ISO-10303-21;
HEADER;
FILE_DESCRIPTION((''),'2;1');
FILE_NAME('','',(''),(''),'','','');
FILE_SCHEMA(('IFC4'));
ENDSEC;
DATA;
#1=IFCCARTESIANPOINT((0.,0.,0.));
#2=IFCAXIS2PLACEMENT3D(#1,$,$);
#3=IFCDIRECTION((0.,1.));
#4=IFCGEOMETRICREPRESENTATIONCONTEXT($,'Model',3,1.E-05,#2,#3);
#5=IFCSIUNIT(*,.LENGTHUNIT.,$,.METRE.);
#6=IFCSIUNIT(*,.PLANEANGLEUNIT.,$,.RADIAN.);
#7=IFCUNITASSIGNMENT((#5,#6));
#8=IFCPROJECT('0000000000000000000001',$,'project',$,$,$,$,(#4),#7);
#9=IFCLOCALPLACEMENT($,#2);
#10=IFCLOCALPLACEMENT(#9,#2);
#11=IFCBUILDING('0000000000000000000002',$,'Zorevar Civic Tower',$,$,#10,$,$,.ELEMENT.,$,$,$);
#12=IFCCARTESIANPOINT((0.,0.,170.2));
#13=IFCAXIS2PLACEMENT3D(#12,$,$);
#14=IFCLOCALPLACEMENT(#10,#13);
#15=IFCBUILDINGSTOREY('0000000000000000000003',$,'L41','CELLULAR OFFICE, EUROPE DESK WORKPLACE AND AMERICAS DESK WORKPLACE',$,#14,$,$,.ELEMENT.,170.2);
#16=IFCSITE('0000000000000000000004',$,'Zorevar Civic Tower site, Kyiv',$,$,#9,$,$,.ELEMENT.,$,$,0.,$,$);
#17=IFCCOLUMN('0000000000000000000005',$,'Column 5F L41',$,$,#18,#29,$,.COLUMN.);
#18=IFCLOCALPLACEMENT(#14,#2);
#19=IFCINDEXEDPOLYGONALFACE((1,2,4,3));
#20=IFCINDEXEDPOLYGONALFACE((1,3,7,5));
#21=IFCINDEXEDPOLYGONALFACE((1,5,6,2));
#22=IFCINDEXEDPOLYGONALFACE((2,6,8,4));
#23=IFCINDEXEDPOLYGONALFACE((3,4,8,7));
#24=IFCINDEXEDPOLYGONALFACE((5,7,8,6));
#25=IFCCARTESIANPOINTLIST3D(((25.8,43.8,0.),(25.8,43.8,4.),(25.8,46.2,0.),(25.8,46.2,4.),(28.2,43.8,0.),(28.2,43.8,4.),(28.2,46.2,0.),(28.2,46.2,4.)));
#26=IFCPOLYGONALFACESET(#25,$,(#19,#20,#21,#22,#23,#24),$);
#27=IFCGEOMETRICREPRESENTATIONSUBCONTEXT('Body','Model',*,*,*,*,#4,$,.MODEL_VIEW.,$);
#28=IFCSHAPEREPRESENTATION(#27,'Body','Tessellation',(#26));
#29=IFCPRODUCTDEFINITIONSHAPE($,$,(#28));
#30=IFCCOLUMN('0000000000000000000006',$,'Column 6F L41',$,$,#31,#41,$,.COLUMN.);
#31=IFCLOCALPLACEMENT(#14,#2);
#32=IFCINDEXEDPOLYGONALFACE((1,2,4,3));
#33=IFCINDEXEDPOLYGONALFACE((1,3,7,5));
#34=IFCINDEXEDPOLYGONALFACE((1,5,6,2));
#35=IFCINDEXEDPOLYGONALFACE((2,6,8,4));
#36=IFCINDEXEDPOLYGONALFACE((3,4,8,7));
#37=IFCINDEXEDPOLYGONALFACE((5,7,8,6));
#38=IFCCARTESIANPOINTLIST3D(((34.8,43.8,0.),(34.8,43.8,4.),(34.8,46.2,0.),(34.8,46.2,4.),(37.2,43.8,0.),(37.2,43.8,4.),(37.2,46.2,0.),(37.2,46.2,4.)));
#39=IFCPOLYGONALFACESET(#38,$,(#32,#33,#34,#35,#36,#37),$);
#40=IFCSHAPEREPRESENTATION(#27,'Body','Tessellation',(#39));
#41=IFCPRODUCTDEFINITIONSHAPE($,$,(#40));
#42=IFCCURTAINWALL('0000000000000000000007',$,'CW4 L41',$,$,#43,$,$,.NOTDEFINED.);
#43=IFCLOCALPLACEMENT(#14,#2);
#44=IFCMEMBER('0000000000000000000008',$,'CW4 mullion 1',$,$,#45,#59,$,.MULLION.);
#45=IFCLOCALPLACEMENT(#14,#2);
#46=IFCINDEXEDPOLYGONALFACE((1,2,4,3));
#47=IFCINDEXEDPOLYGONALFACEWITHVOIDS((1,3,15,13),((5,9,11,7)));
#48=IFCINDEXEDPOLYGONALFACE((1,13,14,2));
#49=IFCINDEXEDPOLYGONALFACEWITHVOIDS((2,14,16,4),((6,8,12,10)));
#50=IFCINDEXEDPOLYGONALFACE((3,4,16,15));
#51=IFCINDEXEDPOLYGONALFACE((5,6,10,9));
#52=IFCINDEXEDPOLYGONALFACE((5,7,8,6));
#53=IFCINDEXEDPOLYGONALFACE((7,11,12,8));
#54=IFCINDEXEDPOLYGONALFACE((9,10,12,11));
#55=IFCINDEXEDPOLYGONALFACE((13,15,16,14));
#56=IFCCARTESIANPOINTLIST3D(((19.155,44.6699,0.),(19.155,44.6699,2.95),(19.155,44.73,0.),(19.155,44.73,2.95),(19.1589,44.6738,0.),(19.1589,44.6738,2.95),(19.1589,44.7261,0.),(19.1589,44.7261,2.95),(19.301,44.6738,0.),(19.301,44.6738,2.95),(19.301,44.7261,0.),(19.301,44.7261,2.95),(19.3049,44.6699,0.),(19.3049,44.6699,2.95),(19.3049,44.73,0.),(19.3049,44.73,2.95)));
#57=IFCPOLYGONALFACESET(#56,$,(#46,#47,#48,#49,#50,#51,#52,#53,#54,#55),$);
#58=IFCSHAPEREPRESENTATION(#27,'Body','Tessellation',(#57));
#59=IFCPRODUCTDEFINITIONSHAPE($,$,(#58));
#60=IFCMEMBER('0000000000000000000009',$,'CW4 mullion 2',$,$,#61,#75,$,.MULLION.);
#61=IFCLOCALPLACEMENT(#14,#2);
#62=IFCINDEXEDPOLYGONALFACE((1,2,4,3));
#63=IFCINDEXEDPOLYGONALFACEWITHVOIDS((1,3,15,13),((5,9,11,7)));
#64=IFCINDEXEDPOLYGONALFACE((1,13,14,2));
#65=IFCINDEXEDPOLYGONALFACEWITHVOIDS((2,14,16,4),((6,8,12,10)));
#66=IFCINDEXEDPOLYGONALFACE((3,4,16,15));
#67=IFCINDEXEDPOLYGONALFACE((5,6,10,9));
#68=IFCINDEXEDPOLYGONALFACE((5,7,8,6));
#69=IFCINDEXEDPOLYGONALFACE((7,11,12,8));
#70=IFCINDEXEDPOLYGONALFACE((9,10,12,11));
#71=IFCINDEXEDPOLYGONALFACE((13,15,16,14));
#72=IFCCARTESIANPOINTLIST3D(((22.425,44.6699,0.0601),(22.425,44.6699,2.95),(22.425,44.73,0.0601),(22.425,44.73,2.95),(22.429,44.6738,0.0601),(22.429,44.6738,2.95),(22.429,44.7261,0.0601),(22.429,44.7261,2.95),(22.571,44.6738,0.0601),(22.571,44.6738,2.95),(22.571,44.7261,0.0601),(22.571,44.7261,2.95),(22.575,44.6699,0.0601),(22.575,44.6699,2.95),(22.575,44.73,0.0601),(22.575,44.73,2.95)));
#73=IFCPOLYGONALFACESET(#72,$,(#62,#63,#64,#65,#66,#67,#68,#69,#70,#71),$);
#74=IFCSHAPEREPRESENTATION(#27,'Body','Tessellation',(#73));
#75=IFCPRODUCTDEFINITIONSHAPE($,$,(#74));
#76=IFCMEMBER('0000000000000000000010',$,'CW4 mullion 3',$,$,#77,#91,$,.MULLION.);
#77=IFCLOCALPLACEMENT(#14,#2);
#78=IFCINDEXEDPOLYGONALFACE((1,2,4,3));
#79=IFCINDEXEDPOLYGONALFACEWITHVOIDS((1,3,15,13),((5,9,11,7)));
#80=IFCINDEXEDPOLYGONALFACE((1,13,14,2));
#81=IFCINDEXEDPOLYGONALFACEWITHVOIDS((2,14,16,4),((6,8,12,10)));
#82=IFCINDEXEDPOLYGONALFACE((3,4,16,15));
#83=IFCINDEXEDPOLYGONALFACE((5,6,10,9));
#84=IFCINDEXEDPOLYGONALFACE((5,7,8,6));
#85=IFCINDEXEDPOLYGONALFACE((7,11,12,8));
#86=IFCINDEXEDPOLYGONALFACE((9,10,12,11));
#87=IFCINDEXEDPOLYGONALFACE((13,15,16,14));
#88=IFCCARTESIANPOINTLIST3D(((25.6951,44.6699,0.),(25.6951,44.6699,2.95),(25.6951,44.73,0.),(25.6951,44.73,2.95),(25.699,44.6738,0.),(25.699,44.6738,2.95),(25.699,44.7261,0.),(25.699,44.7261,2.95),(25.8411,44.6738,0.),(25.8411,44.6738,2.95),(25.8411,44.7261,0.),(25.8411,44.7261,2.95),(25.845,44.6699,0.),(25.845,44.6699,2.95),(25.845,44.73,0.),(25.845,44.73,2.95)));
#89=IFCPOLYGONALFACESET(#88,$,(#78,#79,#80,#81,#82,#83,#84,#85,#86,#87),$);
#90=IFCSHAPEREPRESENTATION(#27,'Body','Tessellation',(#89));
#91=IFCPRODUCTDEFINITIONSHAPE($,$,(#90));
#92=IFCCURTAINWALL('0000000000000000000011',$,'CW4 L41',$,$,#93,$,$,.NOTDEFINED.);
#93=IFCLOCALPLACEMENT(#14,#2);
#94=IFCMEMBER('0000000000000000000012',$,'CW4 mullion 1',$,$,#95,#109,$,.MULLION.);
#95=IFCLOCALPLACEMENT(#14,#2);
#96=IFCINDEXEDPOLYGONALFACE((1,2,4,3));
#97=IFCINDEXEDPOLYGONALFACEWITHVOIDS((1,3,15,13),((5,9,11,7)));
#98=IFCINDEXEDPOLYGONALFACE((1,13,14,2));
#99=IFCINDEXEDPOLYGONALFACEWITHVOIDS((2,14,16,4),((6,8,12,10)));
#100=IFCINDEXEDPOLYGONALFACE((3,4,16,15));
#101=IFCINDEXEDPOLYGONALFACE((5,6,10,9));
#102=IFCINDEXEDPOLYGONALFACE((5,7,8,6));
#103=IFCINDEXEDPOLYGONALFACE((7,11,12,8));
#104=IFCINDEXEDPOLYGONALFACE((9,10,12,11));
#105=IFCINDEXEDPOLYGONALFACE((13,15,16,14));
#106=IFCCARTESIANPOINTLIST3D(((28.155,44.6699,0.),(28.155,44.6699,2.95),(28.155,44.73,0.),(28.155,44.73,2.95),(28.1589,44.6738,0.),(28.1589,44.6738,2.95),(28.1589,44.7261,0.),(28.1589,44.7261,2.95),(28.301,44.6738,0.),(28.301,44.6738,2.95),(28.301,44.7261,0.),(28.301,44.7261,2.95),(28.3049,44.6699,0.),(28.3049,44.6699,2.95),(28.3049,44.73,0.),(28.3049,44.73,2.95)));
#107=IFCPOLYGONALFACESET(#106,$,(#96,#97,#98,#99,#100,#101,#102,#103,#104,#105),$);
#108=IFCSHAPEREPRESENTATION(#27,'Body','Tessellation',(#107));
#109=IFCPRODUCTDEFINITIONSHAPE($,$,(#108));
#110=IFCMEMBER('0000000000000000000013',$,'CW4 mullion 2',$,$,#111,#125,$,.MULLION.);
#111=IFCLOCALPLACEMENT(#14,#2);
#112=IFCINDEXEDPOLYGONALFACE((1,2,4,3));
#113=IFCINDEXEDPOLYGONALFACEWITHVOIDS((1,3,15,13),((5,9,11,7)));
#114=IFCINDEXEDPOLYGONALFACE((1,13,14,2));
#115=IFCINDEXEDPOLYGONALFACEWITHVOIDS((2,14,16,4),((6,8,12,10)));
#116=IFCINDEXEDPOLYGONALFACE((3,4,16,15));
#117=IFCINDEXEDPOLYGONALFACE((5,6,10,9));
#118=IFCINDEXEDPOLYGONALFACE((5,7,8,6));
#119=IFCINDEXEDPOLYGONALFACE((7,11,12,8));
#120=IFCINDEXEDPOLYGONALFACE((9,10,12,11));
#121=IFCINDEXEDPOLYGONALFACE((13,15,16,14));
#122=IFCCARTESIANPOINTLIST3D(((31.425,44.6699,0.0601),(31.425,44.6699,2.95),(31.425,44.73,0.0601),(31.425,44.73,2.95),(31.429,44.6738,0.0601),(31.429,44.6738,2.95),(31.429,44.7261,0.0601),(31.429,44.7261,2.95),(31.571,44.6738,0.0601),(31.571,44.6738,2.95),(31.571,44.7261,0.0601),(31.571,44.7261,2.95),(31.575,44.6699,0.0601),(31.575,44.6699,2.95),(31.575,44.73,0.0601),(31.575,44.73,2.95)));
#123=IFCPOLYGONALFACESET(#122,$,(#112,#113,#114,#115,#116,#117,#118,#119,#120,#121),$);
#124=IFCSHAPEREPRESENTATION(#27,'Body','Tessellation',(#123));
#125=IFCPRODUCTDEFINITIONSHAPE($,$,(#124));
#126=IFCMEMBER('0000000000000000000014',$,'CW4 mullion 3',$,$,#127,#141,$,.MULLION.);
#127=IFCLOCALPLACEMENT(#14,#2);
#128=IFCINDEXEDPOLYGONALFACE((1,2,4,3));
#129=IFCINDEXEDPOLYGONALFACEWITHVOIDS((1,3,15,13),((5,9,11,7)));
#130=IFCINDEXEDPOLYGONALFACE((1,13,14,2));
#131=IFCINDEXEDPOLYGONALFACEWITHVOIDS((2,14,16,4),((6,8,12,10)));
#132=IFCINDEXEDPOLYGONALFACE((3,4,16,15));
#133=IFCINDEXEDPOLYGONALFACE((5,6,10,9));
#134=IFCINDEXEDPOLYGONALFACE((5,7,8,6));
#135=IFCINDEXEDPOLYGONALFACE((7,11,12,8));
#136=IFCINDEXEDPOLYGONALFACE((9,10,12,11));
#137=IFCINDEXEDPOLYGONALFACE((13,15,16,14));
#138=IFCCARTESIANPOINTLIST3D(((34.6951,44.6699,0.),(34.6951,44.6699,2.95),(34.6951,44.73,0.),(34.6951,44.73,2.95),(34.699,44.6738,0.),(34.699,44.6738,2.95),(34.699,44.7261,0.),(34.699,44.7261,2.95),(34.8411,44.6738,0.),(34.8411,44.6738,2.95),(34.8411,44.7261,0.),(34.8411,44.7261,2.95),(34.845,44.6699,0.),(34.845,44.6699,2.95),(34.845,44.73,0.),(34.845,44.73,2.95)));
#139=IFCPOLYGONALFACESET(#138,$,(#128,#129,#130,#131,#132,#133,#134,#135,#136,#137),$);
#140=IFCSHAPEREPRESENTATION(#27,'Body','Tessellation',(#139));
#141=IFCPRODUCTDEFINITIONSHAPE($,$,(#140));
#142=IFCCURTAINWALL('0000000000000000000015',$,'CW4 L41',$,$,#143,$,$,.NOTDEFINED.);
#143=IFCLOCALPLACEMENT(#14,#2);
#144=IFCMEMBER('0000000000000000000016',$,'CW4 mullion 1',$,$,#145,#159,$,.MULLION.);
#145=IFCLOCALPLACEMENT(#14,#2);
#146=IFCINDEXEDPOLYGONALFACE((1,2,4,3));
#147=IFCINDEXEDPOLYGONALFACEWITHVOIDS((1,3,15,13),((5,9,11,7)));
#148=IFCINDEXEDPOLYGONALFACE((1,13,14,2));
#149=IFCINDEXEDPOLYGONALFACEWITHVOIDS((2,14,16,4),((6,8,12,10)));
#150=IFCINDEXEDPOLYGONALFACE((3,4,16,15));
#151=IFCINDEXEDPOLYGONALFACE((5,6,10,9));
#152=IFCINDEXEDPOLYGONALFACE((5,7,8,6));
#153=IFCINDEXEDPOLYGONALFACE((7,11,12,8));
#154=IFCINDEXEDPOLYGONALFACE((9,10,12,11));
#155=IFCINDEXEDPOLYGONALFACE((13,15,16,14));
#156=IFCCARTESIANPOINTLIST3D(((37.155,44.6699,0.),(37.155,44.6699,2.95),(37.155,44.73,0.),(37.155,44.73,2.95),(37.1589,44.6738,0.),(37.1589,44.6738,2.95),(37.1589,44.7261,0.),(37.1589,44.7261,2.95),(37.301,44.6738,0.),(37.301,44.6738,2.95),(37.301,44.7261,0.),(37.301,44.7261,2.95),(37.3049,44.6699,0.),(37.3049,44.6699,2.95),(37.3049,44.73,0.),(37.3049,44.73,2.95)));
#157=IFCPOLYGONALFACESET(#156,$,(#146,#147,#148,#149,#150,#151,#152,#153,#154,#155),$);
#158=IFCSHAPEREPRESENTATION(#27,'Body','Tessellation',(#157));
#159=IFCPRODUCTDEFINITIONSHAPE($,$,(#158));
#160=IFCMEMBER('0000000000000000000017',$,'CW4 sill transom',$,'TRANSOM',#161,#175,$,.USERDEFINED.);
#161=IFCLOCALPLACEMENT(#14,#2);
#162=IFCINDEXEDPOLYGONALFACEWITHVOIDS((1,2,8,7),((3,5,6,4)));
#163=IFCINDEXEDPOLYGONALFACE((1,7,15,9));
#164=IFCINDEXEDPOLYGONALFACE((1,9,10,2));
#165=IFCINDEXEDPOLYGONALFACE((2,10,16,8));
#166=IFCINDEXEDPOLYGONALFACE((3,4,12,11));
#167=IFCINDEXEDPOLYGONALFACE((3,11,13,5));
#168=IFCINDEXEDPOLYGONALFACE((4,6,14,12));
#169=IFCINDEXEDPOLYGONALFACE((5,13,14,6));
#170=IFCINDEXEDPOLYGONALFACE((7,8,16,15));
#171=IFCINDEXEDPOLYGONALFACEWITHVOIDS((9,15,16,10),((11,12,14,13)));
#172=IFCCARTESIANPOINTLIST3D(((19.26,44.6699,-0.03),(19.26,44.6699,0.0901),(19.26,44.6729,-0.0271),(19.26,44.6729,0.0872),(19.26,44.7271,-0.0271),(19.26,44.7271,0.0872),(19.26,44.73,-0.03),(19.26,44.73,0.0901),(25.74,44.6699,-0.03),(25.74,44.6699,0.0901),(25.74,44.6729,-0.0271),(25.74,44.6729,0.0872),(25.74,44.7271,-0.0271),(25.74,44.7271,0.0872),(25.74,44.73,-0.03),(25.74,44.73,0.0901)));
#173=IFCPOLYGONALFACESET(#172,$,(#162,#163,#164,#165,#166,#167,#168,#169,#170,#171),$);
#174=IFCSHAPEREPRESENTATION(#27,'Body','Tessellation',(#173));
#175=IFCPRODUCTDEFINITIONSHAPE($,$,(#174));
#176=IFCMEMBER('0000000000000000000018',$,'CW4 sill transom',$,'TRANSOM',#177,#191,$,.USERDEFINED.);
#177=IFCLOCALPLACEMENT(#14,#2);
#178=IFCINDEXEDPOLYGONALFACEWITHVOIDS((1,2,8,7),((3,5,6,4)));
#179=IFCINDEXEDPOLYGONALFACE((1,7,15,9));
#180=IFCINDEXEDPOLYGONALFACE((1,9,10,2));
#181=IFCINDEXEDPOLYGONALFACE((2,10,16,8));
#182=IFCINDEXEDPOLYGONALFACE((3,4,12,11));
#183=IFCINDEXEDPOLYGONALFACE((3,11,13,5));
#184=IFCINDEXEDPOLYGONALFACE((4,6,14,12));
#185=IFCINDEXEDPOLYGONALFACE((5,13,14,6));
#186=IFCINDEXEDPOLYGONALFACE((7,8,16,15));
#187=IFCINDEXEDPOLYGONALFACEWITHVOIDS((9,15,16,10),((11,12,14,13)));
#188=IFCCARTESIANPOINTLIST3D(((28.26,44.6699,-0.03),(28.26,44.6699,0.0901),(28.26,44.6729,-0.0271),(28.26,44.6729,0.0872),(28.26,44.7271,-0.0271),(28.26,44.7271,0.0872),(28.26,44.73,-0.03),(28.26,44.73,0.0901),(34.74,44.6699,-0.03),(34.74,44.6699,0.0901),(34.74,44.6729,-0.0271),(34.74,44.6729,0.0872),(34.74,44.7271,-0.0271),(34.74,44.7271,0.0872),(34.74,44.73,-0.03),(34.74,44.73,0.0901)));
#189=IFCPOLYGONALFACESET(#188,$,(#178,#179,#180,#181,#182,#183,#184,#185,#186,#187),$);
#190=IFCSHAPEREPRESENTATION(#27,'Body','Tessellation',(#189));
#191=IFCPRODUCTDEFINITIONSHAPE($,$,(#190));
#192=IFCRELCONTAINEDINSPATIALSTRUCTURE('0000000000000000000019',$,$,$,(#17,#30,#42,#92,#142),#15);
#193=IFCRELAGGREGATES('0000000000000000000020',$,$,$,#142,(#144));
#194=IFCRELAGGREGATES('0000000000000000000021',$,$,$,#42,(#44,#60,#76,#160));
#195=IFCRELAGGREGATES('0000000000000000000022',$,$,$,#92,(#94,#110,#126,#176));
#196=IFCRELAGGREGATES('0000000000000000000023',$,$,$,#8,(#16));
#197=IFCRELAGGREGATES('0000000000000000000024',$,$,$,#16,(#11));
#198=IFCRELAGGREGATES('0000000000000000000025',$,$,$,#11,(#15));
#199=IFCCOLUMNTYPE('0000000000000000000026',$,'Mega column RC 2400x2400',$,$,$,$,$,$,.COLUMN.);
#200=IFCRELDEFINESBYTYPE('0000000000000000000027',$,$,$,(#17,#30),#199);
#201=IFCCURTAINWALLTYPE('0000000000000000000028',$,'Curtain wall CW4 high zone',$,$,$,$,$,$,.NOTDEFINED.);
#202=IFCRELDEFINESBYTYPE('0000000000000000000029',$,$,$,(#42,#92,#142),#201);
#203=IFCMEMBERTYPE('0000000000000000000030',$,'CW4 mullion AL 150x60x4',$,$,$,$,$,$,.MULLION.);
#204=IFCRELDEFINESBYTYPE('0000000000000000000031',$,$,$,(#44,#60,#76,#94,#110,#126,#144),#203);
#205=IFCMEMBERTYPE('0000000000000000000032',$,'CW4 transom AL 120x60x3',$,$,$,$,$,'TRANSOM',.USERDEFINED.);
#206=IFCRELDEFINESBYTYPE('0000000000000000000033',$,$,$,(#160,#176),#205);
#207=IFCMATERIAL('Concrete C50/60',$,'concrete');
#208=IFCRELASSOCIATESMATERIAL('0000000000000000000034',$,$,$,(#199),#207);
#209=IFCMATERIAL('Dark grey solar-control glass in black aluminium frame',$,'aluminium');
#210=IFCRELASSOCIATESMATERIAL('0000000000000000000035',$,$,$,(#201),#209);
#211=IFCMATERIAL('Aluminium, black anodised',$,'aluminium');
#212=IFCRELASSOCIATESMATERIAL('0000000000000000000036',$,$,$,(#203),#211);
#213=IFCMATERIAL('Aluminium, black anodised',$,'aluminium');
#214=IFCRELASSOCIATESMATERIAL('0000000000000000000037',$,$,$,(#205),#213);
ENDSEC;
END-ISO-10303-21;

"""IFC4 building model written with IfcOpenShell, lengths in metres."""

from ifc_helpers import new_model, si_unit, direction, frame, origin, origin_2d, place, context, subcontext, project, spatial, rectangle, hollow_rectangle, extrude, material, material_profile, profile_set, type_object, element, aggregate, save


model = new_model("IFC4")

# Units and contexts
model_context = context("Model", 3, precision=1e-05, world=origin(), true_north=direction((0.0, 1.0)))
body_context = subcontext(model_context, "Body", "Model", "MODEL_VIEW")
ifc_project = project(units=[si_unit("LENGTHUNIT", "METRE"), si_unit("PLANEANGLEUNIT", "RADIAN")], contexts=[model_context])

# Site, building, storey
site_placement = place(None, origin())
site = spatial("IfcSite", under=ifc_project, at=site_placement, Name="Zorevar Civic Tower site, Kyiv", CompositionType="ELEMENT", RefElevation=0.0)
building_placement = place(site_placement, origin())
building = spatial("IfcBuilding", under=site, at=building_placement, Name="Zorevar Civic Tower", CompositionType="ELEMENT")
storey_placement = place(building_placement, frame((0.0, 0.0, 170.2)))
storey = spatial("IfcBuildingStorey", under=building, at=storey_placement, Name="L41", Description="CELLULAR OFFICE, EUROPE DESK WORKPLACE AND AMERICAS DESK WORKPLACE", CompositionType="ELEMENT", Elevation=170.2)

# Columns
ifc_material_1 = material(Name="Concrete C50/60", Category="concrete")
ifc_material_profile_1 = material_profile(ifc_material_1, rectangle(XDim=2.3999, YDim=2.3999, at=origin_2d()), Name="RC 2400x2400")
ifc_profile_set_1 = profile_set([ifc_material_profile_1], Name="Concrete C50/60")
column_type = type_object("IfcColumnType", Name="Mega column RC 2400x2400", PredefinedType="COLUMN", material=ifc_profile_set_1)
for number, where, z_axis, x_axis, name in (
    (1, (27.0, 45.0, 0.0), (0.0, 0.0, 1.0), (1.0, 0.0, 0.0), "Column 5F L41"),
    (2, (36.0, 45.0, 0.0), (0.0, 0.0, 1.0), (1.0, 0.0, 0.0), "Column 6F L41"),
):
    element("IfcColumn", number, at=place(storey_placement, frame(where, z_axis=z_axis, x_axis=x_axis)), inside=storey, type_object=column_type, Name=name, PredefinedType="COLUMN", context=body_context, shape_type="SweptSolid", body=[
        extrude(rectangle(XDim=2.3999, YDim=2.3999, at=origin_2d()), origin(), (0.0, 0.0, 1.0), 4.0),
    ])

# Curtain walls, members
ifc_material_2 = material(Name="Dark grey solar-control glass in black aluminium frame", Category="aluminium")
curtain_wall_type = type_object("IfcCurtainWallType", Name="Curtain wall CW4 high zone", PredefinedType="NOTDEFINED", material=ifc_material_2)
curtain_wall_1_placement = place(storey_placement, origin())
curtain_wall_1 = element("IfcCurtainWall", 3, at=curtain_wall_1_placement, inside=storey, type_object=curtain_wall_type, Name="CW4 L41", PredefinedType="NOTDEFINED")
ifc_material_3 = material(Name="Aluminium, black anodised", Category="aluminium")
ifc_material_profile_2 = material_profile(ifc_material_3, hollow_rectangle(XDim=0.0601, YDim=0.1499, WallThickness=0.0039, at=origin_2d()), Name="AL 150x60x4")
ifc_profile_set_2 = profile_set([ifc_material_profile_2], Name="Aluminium, black anodised")
member_type_1 = type_object("IfcMemberType", Name="CW4 mullion AL 150x60x4", PredefinedType="MULLION", material=ifc_profile_set_2)
member_1_placement = place(storey_placement, frame((19.23, 44.7, 0.0), z_axis=(0.0, 0.0, 1.0), x_axis=(0.0, 1.0, 0.0)))
member_1 = element("IfcMember", 4, at=member_1_placement, type_object=member_type_1, Name="CW4 mullion 1", PredefinedType="MULLION", context=body_context, shape_type="SweptSolid", body=[
    extrude(hollow_rectangle(XDim=0.0601, YDim=0.1499, WallThickness=0.0039, at=origin_2d()), origin(), (0.0, 0.0, 1.0), 2.95),
])
member_2_placement = place(storey_placement, frame((22.5, 44.7, 0.0601), z_axis=(0.0, 0.0, 1.0), x_axis=(0.0, 1.0, 0.0)))
member_2 = element("IfcMember", 5, at=member_2_placement, type_object=member_type_1, Name="CW4 mullion 2", PredefinedType="MULLION", context=body_context, shape_type="SweptSolid", body=[
    extrude(hollow_rectangle(XDim=0.0601, YDim=0.1499, WallThickness=0.0039, at=origin_2d()), origin(), (0.0, 0.0, 1.0), 2.8899),
])
member_3_placement = place(storey_placement, frame((25.77, 44.7, 0.0), z_axis=(0.0, 0.0, 1.0), x_axis=(0.0, 1.0, 0.0)))
member_3 = element("IfcMember", 6, at=member_3_placement, type_object=member_type_1, Name="CW4 mullion 3", PredefinedType="MULLION", context=body_context, shape_type="SweptSolid", body=[
    extrude(hollow_rectangle(XDim=0.0601, YDim=0.1499, WallThickness=0.0039, at=origin_2d()), origin(), (0.0, 0.0, 1.0), 2.95),
])
curtain_wall_2_placement = place(storey_placement, origin())
curtain_wall_2 = element("IfcCurtainWall", 7, at=curtain_wall_2_placement, inside=storey, type_object=curtain_wall_type, Name="CW4 L41", PredefinedType="NOTDEFINED")
member_4_placement = place(storey_placement, frame((28.23, 44.7, 0.0), z_axis=(0.0, 0.0, 1.0), x_axis=(0.0, 1.0, 0.0)))
member_4 = element("IfcMember", 8, at=member_4_placement, type_object=member_type_1, Name="CW4 mullion 1", PredefinedType="MULLION", context=body_context, shape_type="SweptSolid", body=[
    extrude(hollow_rectangle(XDim=0.0601, YDim=0.1499, WallThickness=0.0039, at=origin_2d()), origin(), (0.0, 0.0, 1.0), 2.95),
])
member_5_placement = place(storey_placement, frame((31.5, 44.7, 0.0601), z_axis=(0.0, 0.0, 1.0), x_axis=(0.0, 1.0, 0.0)))
member_5 = element("IfcMember", 9, at=member_5_placement, type_object=member_type_1, Name="CW4 mullion 2", PredefinedType="MULLION", context=body_context, shape_type="SweptSolid", body=[
    extrude(hollow_rectangle(XDim=0.0601, YDim=0.1499, WallThickness=0.0039, at=origin_2d()), origin(), (0.0, 0.0, 1.0), 2.8899),
])
member_6_placement = place(storey_placement, frame((34.77, 44.7, 0.0), z_axis=(0.0, 0.0, 1.0), x_axis=(0.0, 1.0, 0.0)))
member_6 = element("IfcMember", 10, at=member_6_placement, type_object=member_type_1, Name="CW4 mullion 3", PredefinedType="MULLION", context=body_context, shape_type="SweptSolid", body=[
    extrude(hollow_rectangle(XDim=0.0601, YDim=0.1499, WallThickness=0.0039, at=origin_2d()), origin(), (0.0, 0.0, 1.0), 2.95),
])

# Curtain wall, member
curtain_wall_3_placement = place(storey_placement, origin())
curtain_wall_3 = element("IfcCurtainWall", 11, at=curtain_wall_3_placement, inside=storey, type_object=curtain_wall_type, Name="CW4 L41", PredefinedType="NOTDEFINED")
member_7_placement = place(storey_placement, frame((37.23, 44.7, 0.0), z_axis=(0.0, 0.0, 1.0), x_axis=(0.0, 1.0, 0.0)))
member_7 = element("IfcMember", 12, at=member_7_placement, type_object=member_type_1, Name="CW4 mullion 1", PredefinedType="MULLION", context=body_context, shape_type="SweptSolid", body=[
    extrude(hollow_rectangle(XDim=0.0601, YDim=0.1499, WallThickness=0.0039, at=origin_2d()), origin(), (0.0, 0.0, 1.0), 2.95),
])
aggregate(curtain_wall_3, [member_7])

# Members
ifc_material_4 = material(Name="Aluminium, black anodised", Category="aluminium")
ifc_material_profile_3 = material_profile(ifc_material_4, hollow_rectangle(XDim=0.0601, YDim=0.1201, WallThickness=0.0029, at=origin_2d()), Name="AL 120x60x3")
ifc_profile_set_3 = profile_set([ifc_material_profile_3], Name="Aluminium, black anodised")
member_type_2 = type_object("IfcMemberType", Name="CW4 transom AL 120x60x3", ElementType="TRANSOM", PredefinedType="USERDEFINED", material=ifc_profile_set_3)
member_8_placement = place(storey_placement, frame((19.26, 44.7, 0.03), z_axis=(1.0, 0.0, 0.0), x_axis=(0.0, 1.0, 0.0)))
member_8 = element("IfcMember", 13, at=member_8_placement, type_object=member_type_2, Name="CW4 sill transom", ObjectType="TRANSOM", PredefinedType="USERDEFINED", context=body_context, shape_type="SweptSolid", body=[
    extrude(hollow_rectangle(XDim=0.0601, YDim=0.1201, WallThickness=0.0029, at=origin_2d()), origin(), (0.0, 0.0, 1.0), 6.48),
])
member_9_placement = place(storey_placement, frame((28.26, 44.7, 0.03), z_axis=(1.0, 0.0, 0.0), x_axis=(0.0, 1.0, 0.0)))
member_9 = element("IfcMember", 14, at=member_9_placement, type_object=member_type_2, Name="CW4 sill transom", ObjectType="TRANSOM", PredefinedType="USERDEFINED", context=body_context, shape_type="SweptSolid", body=[
    extrude(hollow_rectangle(XDim=0.0601, YDim=0.1201, WallThickness=0.0029, at=origin_2d()), origin(), (0.0, 0.0, 1.0), 6.48),
])

aggregate(curtain_wall_1, [member_1, member_2, member_3, member_8])
aggregate(curtain_wall_2, [member_4, member_5, member_6, member_9])

save(model, "model.ifc")
